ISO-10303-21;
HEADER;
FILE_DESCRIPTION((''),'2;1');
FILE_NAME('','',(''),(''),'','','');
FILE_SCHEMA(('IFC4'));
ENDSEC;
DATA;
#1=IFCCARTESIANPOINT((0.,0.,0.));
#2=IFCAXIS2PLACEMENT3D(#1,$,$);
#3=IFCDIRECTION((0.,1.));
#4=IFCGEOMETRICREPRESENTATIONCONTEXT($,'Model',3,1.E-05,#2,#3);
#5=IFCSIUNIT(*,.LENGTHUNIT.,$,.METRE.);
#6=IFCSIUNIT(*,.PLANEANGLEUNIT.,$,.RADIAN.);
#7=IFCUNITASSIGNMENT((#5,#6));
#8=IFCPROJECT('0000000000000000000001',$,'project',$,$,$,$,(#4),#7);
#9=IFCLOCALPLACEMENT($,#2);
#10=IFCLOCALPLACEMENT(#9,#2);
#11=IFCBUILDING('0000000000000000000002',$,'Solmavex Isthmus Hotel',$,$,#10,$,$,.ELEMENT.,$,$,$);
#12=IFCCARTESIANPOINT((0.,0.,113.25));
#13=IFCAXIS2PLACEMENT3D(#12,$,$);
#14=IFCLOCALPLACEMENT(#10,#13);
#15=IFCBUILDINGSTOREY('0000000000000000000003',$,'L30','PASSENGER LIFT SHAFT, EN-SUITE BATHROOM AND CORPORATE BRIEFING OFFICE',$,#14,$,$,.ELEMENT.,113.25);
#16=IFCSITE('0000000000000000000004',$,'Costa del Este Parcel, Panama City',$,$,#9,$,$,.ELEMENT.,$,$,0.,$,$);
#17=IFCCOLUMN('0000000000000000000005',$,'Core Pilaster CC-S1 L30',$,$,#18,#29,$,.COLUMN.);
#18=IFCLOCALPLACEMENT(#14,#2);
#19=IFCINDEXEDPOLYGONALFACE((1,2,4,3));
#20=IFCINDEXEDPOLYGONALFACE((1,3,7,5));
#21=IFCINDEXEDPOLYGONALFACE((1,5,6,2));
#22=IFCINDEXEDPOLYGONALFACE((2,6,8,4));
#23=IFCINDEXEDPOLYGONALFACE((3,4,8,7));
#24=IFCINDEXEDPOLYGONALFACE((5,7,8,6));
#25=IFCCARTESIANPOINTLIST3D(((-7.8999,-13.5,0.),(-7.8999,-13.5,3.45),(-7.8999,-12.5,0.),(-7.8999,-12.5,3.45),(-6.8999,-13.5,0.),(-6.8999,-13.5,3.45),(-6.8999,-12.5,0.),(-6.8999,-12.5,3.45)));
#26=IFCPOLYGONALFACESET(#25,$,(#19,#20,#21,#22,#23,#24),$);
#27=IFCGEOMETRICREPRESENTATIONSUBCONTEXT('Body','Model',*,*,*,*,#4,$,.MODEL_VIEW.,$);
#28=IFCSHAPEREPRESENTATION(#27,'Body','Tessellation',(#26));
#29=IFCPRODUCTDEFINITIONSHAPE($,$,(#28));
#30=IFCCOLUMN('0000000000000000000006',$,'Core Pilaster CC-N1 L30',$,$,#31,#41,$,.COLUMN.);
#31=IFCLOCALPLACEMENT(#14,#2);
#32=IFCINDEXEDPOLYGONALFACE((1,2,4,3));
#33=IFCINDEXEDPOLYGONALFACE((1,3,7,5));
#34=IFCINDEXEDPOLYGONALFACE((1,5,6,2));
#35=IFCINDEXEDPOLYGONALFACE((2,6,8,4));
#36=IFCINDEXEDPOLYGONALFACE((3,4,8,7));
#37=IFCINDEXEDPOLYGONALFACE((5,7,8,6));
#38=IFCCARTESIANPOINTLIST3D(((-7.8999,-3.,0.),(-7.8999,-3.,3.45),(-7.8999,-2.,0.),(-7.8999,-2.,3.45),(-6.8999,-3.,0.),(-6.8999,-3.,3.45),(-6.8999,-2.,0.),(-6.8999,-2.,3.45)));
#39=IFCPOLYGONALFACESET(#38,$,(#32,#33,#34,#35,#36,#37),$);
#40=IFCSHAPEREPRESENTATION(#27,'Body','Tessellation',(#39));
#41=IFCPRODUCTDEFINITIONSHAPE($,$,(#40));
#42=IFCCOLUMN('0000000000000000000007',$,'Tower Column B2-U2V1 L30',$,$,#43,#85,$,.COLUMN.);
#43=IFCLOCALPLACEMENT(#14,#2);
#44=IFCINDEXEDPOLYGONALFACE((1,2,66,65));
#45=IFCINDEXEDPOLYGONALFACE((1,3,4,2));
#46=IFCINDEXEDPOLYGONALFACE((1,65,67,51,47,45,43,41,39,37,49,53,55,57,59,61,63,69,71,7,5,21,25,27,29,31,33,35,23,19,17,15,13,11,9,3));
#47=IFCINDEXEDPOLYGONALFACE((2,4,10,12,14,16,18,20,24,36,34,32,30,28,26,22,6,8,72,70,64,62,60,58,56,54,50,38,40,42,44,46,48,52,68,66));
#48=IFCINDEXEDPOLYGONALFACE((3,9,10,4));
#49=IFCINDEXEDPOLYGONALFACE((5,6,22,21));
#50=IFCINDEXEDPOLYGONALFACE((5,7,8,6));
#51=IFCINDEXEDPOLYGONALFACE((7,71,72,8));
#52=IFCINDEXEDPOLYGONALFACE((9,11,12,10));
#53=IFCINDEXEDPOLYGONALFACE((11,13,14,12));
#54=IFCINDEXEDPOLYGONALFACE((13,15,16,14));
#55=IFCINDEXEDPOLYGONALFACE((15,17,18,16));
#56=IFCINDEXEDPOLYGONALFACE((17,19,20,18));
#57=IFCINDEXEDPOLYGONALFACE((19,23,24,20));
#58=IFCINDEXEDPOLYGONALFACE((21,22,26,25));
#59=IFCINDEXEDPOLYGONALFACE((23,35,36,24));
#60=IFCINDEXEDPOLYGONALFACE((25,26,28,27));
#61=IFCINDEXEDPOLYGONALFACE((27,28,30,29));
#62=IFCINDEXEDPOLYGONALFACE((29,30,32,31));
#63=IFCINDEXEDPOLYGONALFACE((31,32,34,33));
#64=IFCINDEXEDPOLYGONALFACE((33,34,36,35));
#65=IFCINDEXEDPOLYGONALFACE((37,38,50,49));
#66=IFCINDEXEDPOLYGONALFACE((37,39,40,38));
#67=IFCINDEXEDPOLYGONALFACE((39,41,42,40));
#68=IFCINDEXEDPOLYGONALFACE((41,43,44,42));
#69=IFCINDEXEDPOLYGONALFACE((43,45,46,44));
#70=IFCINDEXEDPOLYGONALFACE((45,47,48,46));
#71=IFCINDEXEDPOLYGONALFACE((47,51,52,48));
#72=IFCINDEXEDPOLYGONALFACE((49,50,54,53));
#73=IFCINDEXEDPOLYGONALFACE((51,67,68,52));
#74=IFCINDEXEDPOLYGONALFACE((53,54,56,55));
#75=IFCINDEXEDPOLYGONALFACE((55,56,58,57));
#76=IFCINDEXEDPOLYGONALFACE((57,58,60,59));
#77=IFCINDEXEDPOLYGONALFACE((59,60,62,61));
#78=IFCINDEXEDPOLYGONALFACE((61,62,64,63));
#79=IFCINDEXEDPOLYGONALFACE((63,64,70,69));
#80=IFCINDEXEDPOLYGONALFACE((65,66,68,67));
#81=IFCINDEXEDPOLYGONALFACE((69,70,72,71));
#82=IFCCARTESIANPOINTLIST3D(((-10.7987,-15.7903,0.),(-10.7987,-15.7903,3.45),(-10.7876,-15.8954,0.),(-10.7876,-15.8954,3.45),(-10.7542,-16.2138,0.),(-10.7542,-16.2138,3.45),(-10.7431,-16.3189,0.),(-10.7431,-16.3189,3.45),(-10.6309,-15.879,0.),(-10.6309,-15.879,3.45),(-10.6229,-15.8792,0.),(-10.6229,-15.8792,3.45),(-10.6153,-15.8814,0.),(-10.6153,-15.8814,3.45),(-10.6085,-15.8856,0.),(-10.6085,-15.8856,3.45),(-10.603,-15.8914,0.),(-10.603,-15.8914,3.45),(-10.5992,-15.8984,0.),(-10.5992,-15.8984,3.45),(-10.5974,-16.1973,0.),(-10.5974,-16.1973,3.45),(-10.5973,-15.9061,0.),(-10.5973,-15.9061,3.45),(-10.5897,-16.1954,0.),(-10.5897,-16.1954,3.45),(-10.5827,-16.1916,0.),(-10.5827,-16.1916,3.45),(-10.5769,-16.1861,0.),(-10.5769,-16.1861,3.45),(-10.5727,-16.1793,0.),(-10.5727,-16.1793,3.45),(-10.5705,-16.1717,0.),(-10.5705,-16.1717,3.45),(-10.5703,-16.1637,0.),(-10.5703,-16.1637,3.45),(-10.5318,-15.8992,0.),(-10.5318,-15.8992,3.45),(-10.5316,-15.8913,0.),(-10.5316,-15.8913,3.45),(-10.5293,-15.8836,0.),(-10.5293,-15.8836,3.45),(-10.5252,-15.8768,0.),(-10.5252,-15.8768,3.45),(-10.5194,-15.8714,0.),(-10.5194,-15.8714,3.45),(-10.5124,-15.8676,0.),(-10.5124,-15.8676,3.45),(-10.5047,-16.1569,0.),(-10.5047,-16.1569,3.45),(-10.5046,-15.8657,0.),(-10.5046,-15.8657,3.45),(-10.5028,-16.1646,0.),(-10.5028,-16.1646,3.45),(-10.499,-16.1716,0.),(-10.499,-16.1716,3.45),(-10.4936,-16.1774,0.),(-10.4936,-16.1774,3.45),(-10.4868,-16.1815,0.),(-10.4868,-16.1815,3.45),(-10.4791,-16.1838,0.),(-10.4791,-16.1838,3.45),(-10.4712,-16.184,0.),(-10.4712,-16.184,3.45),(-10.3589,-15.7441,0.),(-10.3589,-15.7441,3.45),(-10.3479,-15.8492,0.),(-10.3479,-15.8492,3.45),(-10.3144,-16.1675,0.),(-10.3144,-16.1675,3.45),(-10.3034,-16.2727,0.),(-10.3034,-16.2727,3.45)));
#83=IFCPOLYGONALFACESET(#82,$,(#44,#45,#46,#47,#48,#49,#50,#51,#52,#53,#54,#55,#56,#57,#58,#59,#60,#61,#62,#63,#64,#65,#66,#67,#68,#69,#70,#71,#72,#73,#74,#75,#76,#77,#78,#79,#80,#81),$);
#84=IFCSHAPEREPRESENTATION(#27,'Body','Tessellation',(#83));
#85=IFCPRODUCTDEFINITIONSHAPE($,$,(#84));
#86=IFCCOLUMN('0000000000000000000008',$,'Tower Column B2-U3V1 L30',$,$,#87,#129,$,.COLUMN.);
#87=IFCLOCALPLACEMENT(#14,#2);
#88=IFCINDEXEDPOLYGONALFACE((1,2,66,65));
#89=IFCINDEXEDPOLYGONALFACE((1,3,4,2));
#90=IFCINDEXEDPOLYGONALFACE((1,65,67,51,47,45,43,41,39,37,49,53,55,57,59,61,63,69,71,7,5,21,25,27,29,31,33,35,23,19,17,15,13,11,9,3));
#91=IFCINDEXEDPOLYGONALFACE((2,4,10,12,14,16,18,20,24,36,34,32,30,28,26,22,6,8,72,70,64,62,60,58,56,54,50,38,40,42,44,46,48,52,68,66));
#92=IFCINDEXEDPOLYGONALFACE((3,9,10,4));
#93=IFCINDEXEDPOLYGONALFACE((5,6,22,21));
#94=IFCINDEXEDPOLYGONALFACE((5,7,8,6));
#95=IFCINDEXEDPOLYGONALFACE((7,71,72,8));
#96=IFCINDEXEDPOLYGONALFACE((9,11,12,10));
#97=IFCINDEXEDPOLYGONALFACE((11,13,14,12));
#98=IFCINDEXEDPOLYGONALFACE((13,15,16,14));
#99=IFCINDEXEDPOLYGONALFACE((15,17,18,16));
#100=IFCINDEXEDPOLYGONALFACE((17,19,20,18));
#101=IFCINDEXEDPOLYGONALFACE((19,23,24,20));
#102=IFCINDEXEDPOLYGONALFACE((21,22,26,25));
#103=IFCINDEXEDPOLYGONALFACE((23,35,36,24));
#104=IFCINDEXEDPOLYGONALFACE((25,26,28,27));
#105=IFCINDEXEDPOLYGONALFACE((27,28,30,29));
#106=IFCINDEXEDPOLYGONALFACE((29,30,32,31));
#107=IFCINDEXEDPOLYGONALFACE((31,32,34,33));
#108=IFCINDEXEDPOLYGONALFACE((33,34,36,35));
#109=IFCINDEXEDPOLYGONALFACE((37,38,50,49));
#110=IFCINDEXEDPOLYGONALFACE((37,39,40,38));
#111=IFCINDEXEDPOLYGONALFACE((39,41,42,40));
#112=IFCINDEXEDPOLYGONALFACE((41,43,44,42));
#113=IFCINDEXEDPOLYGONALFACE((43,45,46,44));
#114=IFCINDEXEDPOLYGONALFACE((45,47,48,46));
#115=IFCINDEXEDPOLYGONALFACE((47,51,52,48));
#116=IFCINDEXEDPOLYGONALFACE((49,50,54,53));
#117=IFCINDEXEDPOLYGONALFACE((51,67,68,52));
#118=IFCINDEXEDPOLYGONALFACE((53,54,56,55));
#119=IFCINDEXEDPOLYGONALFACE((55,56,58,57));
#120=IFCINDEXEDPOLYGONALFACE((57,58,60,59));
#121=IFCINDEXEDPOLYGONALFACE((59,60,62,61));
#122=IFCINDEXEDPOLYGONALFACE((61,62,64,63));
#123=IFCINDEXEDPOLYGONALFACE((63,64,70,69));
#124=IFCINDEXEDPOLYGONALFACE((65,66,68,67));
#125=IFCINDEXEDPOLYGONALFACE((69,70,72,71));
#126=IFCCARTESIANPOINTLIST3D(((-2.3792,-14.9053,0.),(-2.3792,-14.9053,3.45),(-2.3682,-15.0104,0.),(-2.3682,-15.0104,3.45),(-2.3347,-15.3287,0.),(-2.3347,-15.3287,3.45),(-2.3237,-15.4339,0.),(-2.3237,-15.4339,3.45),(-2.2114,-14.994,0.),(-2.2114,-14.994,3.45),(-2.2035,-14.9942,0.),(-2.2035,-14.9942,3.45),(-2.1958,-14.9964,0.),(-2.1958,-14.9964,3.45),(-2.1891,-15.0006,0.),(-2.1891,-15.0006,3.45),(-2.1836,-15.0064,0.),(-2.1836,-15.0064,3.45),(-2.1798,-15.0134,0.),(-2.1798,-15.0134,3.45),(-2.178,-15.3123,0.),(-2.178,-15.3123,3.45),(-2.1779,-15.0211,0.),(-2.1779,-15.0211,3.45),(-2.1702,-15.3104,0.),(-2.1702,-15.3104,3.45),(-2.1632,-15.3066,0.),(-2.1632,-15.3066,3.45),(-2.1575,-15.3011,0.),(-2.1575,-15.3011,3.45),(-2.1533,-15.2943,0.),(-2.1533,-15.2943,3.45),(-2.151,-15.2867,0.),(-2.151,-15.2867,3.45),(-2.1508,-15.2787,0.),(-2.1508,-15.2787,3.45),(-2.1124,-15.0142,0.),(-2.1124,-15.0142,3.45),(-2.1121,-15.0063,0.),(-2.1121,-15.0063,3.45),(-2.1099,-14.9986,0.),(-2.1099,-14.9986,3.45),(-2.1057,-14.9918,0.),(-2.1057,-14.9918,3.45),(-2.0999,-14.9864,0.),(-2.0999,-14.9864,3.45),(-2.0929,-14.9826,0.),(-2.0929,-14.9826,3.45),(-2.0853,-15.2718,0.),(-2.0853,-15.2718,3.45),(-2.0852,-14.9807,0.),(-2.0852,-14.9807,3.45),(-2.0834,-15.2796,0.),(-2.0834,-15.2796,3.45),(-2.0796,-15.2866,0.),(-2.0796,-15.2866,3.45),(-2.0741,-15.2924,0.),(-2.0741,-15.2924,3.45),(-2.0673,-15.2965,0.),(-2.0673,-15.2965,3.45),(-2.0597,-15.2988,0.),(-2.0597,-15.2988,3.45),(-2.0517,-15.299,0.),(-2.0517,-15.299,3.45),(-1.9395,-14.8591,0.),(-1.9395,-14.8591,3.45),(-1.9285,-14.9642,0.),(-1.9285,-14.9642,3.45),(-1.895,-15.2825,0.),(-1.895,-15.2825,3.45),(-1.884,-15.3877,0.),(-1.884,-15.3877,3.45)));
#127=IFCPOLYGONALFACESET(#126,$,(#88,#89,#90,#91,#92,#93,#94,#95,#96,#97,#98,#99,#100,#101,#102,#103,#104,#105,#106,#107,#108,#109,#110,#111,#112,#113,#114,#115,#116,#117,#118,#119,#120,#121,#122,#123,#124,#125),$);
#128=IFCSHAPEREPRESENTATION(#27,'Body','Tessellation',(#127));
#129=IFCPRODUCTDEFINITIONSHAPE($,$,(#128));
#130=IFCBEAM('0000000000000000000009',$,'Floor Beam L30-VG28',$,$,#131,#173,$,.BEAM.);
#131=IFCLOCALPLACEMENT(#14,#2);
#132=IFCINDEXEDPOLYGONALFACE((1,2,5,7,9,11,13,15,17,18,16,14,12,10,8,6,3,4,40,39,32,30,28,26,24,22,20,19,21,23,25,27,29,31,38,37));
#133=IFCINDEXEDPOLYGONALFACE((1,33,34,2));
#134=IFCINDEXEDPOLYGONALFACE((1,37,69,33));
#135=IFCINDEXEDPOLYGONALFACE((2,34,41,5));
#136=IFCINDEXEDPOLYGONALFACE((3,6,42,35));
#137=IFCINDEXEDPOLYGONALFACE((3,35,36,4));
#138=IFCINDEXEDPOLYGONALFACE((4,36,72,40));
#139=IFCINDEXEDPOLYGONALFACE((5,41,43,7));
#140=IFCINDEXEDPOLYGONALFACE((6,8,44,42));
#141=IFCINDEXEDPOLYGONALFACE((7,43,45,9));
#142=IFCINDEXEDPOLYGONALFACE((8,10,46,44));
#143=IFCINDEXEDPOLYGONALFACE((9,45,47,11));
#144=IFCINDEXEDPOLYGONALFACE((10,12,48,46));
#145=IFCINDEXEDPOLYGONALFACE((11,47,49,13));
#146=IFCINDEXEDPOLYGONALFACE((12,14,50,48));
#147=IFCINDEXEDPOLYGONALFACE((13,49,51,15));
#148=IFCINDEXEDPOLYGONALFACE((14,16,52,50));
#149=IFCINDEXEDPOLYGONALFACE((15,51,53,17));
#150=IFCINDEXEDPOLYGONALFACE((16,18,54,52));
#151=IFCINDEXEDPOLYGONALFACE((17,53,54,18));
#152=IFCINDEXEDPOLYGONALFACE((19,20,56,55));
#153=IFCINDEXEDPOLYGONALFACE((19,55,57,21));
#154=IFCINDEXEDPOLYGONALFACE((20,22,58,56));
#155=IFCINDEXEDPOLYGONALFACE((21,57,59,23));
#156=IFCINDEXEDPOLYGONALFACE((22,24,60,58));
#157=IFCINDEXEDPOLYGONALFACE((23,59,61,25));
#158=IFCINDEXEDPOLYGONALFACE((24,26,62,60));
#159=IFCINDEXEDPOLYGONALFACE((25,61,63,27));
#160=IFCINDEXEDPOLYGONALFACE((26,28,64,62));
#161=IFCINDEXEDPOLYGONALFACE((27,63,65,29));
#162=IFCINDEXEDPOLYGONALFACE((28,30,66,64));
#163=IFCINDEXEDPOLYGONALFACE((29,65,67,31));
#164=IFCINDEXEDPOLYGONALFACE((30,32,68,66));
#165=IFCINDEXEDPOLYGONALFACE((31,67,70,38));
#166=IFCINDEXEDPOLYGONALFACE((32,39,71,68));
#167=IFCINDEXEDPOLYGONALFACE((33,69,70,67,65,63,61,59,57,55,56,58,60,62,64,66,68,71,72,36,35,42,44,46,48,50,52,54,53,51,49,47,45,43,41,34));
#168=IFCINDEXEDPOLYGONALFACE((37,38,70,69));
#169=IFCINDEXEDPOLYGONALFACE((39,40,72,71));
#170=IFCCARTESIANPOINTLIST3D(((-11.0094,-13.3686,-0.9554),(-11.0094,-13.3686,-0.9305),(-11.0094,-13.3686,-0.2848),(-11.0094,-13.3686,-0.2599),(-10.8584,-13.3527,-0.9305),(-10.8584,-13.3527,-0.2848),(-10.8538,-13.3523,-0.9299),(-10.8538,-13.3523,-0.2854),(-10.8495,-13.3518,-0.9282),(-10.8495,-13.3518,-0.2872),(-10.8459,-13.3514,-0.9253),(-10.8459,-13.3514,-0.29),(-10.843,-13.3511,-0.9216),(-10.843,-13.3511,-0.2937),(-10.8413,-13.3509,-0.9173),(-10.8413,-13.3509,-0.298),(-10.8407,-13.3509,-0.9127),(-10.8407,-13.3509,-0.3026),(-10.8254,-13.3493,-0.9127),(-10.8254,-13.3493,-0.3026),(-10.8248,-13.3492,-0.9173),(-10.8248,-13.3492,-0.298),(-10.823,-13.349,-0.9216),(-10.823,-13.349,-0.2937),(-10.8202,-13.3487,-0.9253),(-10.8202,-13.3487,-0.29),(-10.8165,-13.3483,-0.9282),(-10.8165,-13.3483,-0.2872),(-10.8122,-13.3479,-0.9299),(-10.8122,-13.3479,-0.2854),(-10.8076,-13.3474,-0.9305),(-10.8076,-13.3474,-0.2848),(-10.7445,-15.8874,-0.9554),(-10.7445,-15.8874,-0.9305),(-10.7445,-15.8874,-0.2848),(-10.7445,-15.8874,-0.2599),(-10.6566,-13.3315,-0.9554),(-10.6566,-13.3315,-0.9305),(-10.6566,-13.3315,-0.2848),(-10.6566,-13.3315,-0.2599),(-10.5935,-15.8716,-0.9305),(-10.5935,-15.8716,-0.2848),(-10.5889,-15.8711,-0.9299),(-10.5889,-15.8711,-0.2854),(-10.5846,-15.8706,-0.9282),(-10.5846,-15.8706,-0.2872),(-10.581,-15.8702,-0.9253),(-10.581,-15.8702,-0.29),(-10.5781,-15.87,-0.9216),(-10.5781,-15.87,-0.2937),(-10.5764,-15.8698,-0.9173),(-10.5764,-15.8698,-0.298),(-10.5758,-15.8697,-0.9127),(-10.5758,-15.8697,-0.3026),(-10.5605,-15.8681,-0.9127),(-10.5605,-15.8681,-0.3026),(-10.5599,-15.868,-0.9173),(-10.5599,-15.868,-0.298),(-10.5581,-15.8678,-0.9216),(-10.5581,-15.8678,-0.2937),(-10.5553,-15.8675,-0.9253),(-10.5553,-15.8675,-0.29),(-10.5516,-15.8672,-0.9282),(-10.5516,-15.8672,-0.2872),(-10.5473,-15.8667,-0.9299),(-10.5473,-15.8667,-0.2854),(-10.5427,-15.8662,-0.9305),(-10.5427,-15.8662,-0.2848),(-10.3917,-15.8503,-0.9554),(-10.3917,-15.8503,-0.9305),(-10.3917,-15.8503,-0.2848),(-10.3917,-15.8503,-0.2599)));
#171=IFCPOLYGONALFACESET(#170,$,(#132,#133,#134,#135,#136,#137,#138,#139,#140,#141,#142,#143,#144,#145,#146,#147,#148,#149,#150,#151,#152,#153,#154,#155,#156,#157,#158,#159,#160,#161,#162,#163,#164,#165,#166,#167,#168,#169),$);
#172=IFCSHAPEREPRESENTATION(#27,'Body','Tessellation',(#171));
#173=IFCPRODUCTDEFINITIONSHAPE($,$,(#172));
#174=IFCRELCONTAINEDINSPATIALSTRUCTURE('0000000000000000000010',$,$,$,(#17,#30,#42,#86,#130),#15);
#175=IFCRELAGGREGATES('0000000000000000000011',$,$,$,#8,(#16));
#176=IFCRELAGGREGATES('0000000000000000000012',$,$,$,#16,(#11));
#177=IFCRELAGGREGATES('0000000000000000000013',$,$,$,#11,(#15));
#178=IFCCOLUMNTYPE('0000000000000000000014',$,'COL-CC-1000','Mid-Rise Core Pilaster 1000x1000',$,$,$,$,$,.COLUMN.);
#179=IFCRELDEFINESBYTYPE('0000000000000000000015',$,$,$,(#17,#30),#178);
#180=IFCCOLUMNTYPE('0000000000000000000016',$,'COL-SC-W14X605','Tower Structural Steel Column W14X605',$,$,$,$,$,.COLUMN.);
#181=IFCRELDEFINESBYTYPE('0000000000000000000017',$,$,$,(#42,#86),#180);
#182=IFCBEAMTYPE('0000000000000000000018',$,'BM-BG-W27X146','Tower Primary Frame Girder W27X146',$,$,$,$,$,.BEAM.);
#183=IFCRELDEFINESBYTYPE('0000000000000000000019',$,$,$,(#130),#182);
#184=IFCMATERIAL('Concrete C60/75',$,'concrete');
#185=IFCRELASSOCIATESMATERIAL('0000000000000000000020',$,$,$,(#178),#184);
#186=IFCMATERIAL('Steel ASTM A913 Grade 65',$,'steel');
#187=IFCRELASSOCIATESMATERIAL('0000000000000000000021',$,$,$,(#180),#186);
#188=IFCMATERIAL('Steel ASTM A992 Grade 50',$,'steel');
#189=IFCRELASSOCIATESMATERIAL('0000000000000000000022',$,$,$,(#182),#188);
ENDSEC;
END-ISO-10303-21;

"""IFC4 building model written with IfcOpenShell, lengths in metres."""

from ifc_helpers import new_model, si_unit, direction, frame, origin, origin_2d, place, context, subcontext, project, spatial, rectangle, i_section, extrude, material, material_profile, profile_set, type_object, element, save


model = new_model("IFC4")

# Units and contexts
model_context = context("Model", 3, precision=1e-05, world=origin(), true_north=direction((0.0, 1.0)))
body_context = subcontext(model_context, "Body", "Model", "MODEL_VIEW")
ifc_project = project(units=[si_unit("LENGTHUNIT", "METRE"), si_unit("PLANEANGLEUNIT", "RADIAN")], contexts=[model_context])

# Site, building, storey
site_placement = place(None, origin())
site = spatial("IfcSite", under=ifc_project, at=site_placement, Name="Costa del Este Parcel, Panama City", CompositionType="ELEMENT", RefElevation=0.0)
building_placement = place(site_placement, origin())
building = spatial("IfcBuilding", under=site, at=building_placement, Name="Solmavex Isthmus Hotel", CompositionType="ELEMENT")
storey_placement = place(building_placement, frame((0.0, 0.0, 113.25)))
storey = spatial("IfcBuildingStorey", under=building, at=storey_placement, Name="L30", Description="PASSENGER LIFT SHAFT, EN-SUITE BATHROOM AND CORPORATE BRIEFING OFFICE", CompositionType="ELEMENT", Elevation=113.25)

# Columns
ifc_material_1 = material(Name="Concrete C60/75", Category="concrete")
ifc_material_profile_1 = material_profile(ifc_material_1, rectangle(XDim=1.0, YDim=1.0, at=origin_2d()), Name="RC1000X1000")
ifc_profile_set_1 = profile_set([ifc_material_profile_1], Name="Concrete C60/75")
column_type_1 = type_object("IfcColumnType", Name="COL-CC-1000", Description="Mid-Rise Core Pilaster 1000x1000", PredefinedType="COLUMN", material=ifc_profile_set_1)
for number, where, z_axis, x_axis, name in (
    (1, (-7.3999, -13.0, 0.0), (0.0, 0.0, 1.0), (1.0, 0.0, 0.0), "Core Pilaster CC-S1 L30"),
    (2, (-7.3999, -2.5, 0.0), (0.0, 0.0, 1.0), (1.0, 0.0, 0.0), "Core Pilaster CC-N1 L30"),
):
    element("IfcColumn", number, at=place(storey_placement, frame(where, z_axis=z_axis, x_axis=x_axis)), inside=storey, type_object=column_type_1, Name=name, PredefinedType="COLUMN", context=body_context, shape_type="SweptSolid", body=[
        extrude(rectangle(XDim=1.0, YDim=1.0, at=origin_2d()), origin(), (0.0, 0.0, 1.0), 3.45),
    ])
ifc_material_2 = material(Name="Steel ASTM A913 Grade 65", Category="steel")
ifc_material_profile_2 = material_profile(ifc_material_2, i_section(OverallWidth=0.4421, OverallDepth=0.5315, WebThickness=0.0659, FlangeThickness=0.1057, FilletRadius=0.0305, at=origin_2d()), Name="W14X605")
ifc_profile_set_2 = profile_set([ifc_material_profile_2], Name="Steel ASTM A913 Grade 65")
column_type_2 = type_object("IfcColumnType", Name="COL-SC-W14X605", Description="Tower Structural Steel Column W14X605", PredefinedType="COLUMN", material=ifc_profile_set_2)
for number, where, z_axis, x_axis, name in (
    (3, (-10.551, -16.0315, 0.0), (0.0, 0.0, 1.0), (0.994522, 0.104528, 0.0), "Tower Column B2-U2V1 L30"),
    (4, (-2.1316, -15.1465, 0.0), (0.0, 0.0, 1.0), (0.994522, 0.104528, 0.0), "Tower Column B2-U3V1 L30"),
):
    element("IfcColumn", number, at=place(storey_placement, frame(where, z_axis=z_axis, x_axis=x_axis)), inside=storey, type_object=column_type_2, Name=name, PredefinedType="COLUMN", context=body_context, shape_type="SweptSolid", body=[
        extrude(i_section(OverallWidth=0.4421, OverallDepth=0.5315, WebThickness=0.0659, FlangeThickness=0.1057, FilletRadius=0.0305, at=origin_2d()), origin(), (0.0, 0.0, 1.0), 3.45),
    ])

# Beam
ifc_material_3 = material(Name="Steel ASTM A992 Grade 50", Category="steel")
ifc_material_profile_3 = material_profile(ifc_material_3, i_section(OverallWidth=0.3547, OverallDepth=0.6956, WebThickness=0.0154, FlangeThickness=0.0249, FilletRadius=0.0178, at=origin_2d()), Name="W27X146")
ifc_profile_set_3 = profile_set([ifc_material_profile_3], Name="Steel ASTM A992 Grade 50")
beam_type_1 = type_object("IfcBeamType", Name="BM-BG-W27X146", Description="Tower Primary Frame Girder W27X146", PredefinedType="BEAM", material=ifc_profile_set_3)
beam_1_placement = place(storey_placement, frame((-10.5681, -15.8689, -0.6077), z_axis=(-0.104589, 0.994515, 0.0), x_axis=(-0.994515, -0.104589, 0.0)))
element("IfcBeam", 5, at=beam_1_placement, inside=storey, type_object=beam_type_1, Name="Floor Beam L30-VG28", PredefinedType="BEAM", context=body_context, shape_type="SweptSolid", body=[
    extrude(i_section(OverallWidth=0.3547, OverallDepth=0.6956, WebThickness=0.0154, FlangeThickness=0.0249, FilletRadius=0.0178, at=origin_2d()), origin(), (0.0, 0.0, 1.0), 2.5327),
])

save(model, "model.ifc")
